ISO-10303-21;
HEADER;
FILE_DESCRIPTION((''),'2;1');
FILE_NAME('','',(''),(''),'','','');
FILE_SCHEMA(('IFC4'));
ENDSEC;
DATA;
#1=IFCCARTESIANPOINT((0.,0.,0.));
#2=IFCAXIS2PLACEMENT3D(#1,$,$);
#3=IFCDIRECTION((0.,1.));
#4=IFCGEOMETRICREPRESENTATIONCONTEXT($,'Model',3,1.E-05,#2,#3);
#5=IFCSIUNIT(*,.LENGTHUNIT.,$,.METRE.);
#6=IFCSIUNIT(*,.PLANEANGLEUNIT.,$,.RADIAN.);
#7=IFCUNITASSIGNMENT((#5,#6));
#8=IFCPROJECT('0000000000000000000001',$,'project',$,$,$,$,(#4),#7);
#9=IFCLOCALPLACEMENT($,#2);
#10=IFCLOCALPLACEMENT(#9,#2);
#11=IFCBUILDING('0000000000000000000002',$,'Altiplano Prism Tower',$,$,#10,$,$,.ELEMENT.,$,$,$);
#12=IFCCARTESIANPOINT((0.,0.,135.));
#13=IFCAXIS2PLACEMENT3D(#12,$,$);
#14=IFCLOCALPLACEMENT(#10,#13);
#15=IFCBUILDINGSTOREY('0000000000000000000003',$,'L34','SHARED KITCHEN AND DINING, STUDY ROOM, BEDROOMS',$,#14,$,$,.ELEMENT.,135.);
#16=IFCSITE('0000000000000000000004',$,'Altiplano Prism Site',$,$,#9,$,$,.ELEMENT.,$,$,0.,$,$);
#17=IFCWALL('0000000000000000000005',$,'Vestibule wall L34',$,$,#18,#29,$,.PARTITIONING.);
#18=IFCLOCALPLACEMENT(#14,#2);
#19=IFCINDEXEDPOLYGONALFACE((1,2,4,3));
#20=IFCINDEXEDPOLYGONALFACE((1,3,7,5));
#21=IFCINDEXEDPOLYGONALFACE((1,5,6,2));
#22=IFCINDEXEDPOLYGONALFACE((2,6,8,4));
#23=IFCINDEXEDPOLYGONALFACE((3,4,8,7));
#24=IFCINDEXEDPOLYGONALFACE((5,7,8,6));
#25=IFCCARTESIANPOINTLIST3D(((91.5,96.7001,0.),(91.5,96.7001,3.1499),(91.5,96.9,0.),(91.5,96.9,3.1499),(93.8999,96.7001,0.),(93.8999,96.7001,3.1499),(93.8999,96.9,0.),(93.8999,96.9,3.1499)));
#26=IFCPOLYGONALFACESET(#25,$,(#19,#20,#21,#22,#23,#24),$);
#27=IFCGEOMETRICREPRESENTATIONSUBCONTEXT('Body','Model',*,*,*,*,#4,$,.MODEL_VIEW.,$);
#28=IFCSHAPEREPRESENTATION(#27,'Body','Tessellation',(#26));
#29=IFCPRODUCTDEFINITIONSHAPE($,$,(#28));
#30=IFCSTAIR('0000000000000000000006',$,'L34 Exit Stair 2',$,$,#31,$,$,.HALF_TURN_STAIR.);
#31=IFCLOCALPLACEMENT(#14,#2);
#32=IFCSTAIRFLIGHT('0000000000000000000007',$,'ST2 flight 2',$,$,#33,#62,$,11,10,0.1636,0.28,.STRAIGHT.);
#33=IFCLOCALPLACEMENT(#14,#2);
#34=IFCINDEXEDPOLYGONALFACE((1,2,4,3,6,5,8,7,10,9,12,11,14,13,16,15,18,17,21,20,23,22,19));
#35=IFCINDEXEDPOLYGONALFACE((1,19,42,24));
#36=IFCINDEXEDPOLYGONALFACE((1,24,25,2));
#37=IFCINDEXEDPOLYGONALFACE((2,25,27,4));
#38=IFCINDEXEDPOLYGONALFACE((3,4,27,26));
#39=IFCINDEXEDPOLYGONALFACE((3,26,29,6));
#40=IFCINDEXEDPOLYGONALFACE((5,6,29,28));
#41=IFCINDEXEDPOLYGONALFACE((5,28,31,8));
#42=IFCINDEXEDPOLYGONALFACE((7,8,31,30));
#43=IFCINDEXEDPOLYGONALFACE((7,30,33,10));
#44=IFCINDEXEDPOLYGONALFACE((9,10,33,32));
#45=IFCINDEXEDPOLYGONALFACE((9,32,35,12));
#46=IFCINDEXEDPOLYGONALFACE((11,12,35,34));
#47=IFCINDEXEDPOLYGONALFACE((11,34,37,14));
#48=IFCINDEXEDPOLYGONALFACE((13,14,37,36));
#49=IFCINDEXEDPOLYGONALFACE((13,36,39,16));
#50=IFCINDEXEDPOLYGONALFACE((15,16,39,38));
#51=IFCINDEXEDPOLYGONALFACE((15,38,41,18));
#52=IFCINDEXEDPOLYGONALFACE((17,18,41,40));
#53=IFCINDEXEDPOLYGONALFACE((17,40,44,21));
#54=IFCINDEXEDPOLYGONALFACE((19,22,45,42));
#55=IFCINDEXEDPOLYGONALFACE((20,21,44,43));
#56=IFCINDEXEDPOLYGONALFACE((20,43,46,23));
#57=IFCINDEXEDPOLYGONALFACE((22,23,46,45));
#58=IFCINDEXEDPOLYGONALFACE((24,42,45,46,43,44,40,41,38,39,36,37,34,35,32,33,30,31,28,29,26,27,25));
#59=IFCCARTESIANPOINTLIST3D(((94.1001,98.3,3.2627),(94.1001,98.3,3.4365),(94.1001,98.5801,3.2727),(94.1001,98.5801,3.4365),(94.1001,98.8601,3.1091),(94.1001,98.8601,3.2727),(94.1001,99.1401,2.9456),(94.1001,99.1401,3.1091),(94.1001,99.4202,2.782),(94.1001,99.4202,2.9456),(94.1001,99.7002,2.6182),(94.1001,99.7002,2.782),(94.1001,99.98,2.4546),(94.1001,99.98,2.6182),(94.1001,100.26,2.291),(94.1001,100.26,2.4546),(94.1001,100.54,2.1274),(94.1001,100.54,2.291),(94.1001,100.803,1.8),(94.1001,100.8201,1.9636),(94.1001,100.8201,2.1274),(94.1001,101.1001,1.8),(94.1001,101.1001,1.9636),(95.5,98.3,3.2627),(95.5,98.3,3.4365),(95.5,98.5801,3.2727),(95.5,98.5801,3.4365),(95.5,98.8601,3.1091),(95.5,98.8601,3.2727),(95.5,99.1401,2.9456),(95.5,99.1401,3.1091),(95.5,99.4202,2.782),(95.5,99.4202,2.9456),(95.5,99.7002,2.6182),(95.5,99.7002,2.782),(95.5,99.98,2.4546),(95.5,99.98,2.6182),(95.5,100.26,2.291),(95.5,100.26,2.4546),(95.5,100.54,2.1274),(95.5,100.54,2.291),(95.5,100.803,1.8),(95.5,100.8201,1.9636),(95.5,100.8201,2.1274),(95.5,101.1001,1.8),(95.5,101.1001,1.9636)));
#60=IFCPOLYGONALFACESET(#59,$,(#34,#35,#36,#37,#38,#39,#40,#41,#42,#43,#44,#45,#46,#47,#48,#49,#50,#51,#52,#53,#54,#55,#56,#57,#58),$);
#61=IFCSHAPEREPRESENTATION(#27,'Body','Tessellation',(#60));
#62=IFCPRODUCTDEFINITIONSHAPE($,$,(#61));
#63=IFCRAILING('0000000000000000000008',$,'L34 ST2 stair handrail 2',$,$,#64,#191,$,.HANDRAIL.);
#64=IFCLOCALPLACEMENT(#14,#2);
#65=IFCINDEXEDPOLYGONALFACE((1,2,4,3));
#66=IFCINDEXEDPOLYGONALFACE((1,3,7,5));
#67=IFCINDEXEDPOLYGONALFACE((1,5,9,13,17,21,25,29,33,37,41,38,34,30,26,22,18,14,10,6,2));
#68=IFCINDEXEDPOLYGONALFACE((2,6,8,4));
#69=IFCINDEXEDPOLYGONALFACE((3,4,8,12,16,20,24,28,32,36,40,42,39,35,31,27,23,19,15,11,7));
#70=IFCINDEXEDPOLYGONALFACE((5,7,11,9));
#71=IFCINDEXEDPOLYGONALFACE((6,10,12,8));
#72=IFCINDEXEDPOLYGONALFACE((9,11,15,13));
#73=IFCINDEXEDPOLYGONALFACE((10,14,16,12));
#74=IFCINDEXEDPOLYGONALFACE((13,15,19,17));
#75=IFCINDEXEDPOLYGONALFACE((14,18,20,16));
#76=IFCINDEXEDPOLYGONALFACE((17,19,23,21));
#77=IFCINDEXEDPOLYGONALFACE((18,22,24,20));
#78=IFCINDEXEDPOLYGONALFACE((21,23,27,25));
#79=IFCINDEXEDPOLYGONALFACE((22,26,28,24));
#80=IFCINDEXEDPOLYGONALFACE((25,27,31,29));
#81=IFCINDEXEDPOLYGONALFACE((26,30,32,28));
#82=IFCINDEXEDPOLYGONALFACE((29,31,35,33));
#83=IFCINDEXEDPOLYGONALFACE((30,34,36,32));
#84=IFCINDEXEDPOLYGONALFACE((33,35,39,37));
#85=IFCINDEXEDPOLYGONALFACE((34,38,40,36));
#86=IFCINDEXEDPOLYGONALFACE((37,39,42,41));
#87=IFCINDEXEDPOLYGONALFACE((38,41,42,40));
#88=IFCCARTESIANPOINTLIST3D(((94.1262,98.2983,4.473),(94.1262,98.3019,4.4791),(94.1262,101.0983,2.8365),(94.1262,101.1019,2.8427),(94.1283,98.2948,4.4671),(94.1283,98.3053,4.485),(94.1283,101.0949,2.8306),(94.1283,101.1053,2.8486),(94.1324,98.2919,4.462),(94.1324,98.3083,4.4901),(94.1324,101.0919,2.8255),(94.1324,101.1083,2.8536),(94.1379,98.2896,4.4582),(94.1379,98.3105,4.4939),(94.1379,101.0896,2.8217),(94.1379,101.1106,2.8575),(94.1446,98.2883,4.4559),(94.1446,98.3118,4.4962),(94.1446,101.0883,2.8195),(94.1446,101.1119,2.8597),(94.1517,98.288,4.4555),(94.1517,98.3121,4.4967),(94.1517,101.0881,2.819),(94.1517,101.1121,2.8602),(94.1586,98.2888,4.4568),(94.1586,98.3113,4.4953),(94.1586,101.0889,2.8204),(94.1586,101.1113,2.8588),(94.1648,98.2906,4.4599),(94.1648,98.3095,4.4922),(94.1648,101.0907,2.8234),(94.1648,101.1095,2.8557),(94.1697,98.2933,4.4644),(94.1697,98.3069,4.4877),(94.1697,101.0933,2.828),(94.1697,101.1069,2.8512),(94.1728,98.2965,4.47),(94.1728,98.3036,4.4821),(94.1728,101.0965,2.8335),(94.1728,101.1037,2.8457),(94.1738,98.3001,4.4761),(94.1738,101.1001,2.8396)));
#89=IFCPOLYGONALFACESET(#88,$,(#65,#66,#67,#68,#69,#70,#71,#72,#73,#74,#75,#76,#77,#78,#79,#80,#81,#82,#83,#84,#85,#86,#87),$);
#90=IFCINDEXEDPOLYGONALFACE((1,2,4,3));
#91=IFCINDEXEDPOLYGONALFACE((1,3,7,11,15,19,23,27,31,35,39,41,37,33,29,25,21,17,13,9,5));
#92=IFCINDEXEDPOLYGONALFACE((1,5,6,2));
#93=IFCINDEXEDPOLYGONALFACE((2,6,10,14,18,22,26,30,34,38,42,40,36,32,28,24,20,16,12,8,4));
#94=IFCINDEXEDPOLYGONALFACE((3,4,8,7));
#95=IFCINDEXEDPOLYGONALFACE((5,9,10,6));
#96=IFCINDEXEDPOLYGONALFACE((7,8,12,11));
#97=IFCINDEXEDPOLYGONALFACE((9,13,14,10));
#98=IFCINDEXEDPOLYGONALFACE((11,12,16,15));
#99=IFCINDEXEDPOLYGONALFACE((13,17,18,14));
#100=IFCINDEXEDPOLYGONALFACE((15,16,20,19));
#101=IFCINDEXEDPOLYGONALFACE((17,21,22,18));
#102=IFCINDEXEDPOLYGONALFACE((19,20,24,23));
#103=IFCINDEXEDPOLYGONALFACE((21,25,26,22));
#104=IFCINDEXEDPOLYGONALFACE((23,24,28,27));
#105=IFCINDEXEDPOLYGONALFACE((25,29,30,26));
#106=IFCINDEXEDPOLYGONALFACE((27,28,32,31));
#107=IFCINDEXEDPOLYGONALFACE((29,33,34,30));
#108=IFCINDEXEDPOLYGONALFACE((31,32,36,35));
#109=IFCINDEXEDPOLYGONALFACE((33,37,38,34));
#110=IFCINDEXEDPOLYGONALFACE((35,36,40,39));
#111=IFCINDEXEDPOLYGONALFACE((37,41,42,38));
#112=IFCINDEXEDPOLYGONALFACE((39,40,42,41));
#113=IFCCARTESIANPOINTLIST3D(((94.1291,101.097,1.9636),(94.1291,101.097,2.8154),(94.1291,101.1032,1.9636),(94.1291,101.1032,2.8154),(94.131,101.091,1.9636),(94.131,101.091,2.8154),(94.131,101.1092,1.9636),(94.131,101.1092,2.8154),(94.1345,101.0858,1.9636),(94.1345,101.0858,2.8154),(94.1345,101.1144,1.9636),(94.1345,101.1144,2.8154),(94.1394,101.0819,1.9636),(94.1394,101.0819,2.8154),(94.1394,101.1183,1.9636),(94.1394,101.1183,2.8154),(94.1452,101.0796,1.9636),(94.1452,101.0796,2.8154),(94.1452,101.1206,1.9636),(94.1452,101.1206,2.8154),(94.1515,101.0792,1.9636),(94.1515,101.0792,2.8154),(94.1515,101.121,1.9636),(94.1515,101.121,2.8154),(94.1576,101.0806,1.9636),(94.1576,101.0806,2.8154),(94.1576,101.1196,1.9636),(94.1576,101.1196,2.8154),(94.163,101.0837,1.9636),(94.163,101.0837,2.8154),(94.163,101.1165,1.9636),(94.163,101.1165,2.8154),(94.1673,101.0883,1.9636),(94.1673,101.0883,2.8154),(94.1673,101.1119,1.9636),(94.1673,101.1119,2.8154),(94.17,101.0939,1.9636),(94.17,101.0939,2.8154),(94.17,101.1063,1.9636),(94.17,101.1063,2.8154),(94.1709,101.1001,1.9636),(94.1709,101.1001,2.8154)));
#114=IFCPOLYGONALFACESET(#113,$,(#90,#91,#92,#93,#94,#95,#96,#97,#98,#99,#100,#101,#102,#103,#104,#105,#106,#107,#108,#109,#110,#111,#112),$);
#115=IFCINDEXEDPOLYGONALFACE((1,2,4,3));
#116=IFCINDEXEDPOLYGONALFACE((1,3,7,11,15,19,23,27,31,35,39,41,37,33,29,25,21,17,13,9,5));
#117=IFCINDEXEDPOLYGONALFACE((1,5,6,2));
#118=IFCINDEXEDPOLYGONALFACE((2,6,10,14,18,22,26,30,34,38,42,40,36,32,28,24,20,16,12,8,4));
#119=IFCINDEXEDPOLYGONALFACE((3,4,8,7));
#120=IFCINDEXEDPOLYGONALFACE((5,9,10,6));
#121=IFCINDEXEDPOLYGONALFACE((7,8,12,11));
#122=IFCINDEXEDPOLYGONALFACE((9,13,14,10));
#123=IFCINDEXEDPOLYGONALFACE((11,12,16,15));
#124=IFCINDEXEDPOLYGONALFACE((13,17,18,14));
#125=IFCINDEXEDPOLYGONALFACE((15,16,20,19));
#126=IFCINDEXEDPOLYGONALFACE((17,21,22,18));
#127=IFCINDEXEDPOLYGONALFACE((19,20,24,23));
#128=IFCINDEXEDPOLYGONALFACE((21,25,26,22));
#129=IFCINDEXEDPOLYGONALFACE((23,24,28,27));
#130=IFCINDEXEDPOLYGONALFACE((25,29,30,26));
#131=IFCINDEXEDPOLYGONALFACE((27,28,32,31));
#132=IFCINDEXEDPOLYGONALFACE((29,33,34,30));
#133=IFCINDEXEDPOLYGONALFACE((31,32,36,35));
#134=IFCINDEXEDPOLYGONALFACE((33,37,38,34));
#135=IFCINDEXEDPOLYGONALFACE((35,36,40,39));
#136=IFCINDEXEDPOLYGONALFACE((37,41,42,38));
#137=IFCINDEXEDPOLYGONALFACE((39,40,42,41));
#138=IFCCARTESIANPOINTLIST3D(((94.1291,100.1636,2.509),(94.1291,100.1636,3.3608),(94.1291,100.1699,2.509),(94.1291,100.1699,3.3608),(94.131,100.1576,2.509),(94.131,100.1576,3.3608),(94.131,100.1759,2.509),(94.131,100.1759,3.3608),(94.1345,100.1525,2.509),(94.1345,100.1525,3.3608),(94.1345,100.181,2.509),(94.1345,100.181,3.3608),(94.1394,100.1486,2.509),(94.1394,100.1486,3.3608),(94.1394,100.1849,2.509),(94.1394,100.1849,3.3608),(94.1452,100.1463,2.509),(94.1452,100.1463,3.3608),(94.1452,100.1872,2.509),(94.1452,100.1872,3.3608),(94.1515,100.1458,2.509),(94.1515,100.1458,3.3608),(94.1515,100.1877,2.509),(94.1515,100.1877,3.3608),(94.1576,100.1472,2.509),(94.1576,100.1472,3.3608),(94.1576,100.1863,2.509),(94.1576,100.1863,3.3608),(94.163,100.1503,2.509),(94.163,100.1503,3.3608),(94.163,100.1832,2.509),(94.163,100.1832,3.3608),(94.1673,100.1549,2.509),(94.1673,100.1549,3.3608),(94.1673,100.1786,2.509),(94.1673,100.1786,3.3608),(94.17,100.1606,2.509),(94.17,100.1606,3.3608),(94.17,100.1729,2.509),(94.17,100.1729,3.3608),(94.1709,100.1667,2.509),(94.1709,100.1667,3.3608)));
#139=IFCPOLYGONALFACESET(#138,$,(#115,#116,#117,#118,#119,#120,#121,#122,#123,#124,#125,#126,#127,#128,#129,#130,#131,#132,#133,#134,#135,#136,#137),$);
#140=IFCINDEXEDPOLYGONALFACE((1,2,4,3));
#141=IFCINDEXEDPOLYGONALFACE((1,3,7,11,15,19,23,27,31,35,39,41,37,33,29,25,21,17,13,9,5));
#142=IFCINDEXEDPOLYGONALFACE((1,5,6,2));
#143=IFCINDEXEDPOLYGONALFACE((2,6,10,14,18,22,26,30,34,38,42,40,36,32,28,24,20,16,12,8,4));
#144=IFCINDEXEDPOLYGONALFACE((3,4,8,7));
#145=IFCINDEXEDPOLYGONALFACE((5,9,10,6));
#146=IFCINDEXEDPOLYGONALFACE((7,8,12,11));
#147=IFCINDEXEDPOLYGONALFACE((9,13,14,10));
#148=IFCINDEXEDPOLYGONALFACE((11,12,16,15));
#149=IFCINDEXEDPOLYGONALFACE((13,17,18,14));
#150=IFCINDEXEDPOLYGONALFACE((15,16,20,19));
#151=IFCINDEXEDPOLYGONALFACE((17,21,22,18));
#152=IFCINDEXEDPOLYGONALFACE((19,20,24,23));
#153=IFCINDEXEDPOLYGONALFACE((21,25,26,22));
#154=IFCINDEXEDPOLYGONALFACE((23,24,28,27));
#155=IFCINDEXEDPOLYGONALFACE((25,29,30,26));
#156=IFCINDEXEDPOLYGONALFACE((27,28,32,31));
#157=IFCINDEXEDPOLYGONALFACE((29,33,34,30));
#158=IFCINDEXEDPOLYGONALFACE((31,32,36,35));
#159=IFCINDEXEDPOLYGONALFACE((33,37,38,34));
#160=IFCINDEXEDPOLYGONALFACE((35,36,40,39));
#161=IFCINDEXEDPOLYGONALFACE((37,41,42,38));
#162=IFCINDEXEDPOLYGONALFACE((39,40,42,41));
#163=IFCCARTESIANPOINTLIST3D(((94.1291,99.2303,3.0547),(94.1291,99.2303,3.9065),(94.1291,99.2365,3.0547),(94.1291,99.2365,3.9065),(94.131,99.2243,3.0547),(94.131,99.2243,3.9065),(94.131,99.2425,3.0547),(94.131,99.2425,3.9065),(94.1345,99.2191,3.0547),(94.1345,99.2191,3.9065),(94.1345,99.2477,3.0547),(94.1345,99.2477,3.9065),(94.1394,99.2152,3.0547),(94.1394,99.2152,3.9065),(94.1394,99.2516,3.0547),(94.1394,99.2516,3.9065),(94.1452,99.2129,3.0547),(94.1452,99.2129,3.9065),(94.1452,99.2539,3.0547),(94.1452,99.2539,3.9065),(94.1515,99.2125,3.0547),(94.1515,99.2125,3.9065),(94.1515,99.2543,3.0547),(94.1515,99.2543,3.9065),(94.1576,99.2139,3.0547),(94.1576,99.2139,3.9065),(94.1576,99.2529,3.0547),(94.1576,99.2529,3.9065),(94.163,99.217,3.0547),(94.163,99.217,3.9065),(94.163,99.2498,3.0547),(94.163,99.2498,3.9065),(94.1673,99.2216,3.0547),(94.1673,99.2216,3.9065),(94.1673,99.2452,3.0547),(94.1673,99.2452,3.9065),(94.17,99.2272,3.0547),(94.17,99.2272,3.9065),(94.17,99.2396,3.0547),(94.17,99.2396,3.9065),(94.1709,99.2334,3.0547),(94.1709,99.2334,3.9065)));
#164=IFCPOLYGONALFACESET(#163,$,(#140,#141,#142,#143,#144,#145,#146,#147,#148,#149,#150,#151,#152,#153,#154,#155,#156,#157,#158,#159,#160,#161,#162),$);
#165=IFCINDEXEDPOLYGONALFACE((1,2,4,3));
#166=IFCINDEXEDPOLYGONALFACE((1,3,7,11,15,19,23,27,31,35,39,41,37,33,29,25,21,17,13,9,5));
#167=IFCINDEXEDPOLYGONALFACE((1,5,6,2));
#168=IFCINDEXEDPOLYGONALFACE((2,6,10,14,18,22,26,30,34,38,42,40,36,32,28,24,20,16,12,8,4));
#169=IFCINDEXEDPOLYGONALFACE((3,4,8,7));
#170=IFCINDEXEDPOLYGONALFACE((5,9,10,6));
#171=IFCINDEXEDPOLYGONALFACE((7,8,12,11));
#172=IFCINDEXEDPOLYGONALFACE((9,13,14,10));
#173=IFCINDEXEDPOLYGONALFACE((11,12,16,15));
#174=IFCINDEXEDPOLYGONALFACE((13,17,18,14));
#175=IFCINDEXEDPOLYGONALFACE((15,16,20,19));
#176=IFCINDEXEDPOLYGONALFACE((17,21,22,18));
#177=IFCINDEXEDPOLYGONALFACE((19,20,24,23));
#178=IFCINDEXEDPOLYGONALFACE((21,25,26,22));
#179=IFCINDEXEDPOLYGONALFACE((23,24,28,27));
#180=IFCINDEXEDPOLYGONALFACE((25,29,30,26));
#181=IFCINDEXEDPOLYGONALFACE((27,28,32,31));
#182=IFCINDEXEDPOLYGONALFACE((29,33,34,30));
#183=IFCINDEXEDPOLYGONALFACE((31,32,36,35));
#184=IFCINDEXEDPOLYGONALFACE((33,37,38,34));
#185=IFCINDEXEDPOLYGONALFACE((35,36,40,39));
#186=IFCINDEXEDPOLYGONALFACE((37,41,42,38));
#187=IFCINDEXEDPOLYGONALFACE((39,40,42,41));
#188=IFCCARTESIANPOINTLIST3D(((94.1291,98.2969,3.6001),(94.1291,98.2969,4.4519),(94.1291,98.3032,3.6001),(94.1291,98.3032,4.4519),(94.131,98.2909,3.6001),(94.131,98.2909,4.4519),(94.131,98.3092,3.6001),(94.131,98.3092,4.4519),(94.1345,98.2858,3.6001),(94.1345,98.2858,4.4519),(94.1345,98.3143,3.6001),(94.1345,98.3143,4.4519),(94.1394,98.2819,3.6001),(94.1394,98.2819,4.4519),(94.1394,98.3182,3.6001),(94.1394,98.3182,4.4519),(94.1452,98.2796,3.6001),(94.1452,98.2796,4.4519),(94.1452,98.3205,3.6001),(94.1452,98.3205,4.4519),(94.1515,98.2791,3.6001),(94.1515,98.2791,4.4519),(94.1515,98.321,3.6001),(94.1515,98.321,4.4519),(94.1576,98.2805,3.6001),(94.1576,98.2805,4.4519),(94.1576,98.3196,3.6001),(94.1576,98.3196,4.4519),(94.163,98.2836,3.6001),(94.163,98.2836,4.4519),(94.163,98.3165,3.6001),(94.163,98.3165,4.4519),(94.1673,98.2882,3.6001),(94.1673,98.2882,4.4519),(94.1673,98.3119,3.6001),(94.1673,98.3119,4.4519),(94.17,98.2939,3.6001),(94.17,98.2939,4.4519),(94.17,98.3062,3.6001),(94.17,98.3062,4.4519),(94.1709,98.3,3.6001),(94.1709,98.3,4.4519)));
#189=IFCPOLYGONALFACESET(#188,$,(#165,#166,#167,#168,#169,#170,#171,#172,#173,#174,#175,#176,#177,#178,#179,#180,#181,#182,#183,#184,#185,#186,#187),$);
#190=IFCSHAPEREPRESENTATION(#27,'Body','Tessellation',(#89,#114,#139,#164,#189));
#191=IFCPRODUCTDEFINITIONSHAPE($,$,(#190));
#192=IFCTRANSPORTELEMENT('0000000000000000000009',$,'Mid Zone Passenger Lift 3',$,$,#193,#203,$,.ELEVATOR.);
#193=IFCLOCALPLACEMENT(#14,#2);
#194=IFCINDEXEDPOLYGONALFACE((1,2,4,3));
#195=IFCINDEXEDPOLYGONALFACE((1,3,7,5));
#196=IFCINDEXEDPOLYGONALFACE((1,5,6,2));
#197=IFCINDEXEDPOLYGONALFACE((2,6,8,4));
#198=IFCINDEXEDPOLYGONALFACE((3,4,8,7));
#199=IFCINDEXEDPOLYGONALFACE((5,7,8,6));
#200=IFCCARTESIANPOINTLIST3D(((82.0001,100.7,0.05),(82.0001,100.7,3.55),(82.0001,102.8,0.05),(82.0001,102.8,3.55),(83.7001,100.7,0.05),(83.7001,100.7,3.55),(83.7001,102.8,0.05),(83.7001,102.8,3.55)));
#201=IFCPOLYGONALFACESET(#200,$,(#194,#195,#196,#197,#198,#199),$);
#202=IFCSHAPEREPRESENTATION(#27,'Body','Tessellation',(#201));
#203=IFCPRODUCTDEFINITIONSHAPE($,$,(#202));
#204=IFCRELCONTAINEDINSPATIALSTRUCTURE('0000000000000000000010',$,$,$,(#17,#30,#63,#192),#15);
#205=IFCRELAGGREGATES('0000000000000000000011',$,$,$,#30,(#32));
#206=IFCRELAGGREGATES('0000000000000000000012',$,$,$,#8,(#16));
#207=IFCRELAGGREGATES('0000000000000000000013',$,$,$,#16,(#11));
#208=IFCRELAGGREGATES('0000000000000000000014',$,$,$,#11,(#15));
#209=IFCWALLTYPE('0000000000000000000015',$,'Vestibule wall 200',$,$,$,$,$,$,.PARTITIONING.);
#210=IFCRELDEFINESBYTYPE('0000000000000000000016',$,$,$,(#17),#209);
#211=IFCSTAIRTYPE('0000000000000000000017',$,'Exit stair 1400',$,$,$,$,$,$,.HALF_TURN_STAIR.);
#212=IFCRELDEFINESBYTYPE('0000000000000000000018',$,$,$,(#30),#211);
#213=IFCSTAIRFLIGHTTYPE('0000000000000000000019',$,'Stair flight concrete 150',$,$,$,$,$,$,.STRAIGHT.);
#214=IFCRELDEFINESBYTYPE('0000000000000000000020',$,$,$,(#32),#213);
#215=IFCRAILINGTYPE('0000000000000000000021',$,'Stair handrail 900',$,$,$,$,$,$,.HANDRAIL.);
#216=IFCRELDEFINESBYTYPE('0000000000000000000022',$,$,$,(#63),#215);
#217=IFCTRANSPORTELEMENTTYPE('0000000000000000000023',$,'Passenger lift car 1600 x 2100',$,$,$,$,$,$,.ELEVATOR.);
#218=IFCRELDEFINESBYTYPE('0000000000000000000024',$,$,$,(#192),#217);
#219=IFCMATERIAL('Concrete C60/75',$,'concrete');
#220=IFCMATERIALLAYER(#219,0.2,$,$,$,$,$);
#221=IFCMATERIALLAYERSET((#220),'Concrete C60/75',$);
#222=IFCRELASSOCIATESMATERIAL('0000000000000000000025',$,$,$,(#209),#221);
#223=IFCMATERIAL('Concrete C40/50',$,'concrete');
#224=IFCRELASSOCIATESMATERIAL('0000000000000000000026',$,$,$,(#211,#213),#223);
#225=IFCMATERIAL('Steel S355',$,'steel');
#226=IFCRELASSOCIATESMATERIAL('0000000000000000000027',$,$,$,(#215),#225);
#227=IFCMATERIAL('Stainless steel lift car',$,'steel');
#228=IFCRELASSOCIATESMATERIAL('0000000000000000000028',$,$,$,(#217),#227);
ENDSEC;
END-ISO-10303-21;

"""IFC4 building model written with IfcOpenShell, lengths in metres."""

from ifc_helpers import new_model, si_unit, direction, frame, frame_2d, origin, origin_2d, place, context, subcontext, project, spatial, polyline, rectangle, circle, outline, extrude, material, layer, layer_set, type_object, element, aggregate, save


model = new_model("IFC4")

# Units and contexts
model_context = context("Model", 3, precision=1e-05, world=origin(), true_north=direction((0.0, 1.0)))
body_context = subcontext(model_context, "Body", "Model", "MODEL_VIEW")
ifc_project = project(units=[si_unit("LENGTHUNIT", "METRE"), si_unit("PLANEANGLEUNIT", "RADIAN")], contexts=[model_context])

# Site, building, storey
site_placement = place(None, origin())
site = spatial("IfcSite", under=ifc_project, at=site_placement, Name="Altiplano Prism Site", CompositionType="ELEMENT", RefElevation=0.0)
building_placement = place(site_placement, origin())
building = spatial("IfcBuilding", under=site, at=building_placement, Name="Altiplano Prism Tower", CompositionType="ELEMENT")
storey_placement = place(building_placement, frame((0.0, 0.0, 135.0)))
storey = spatial("IfcBuildingStorey", under=building, at=storey_placement, Name="L34", Description="SHARED KITCHEN AND DINING, STUDY ROOM, BEDROOMS", CompositionType="ELEMENT", Elevation=135.0)

# Shared definitions
ifc_material_1 = material(Name="Concrete C60/75", Category="concrete")

# Shared definitions
ifc_layer_1 = layer(ifc_material_1, 0.2)
ifc_layer_set_1 = layer_set([ifc_layer_1], Name="Concrete C60/75")
wall_type_1 = type_object("IfcWallType", Name="Vestibule wall 200", PredefinedType="PARTITIONING", material=ifc_layer_set_1)

# Wall
wall_1_placement = place(storey_placement, frame((91.5, 96.8, 0.0), z_axis=(0.0, 0.0, 1.0), x_axis=(1.0, 0.0, 0.0)))
element("IfcWall", 1, at=wall_1_placement, inside=storey, type_object=wall_type_1, Name="Vestibule wall L34", PredefinedType="PARTITIONING", context=body_context, shape_type="SweptSolid", body=[
    extrude(rectangle(XDim=2.3999, YDim=0.2, at=frame_2d((1.2, 0.0))), origin(), (0.0, 0.0, 1.0), 3.1499),
])

# Stair, stair flight
ifc_material_2 = material(Name="Concrete C40/50", Category="concrete")
stair_type = type_object("IfcStairType", Name="Exit stair 1400", PredefinedType="HALF_TURN_STAIR", material=ifc_material_2)
stair_placement = place(storey_placement, origin())
stair = element("IfcStair", 2, at=stair_placement, inside=storey, type_object=stair_type, Name="L34 Exit Stair 2", PredefinedType="HALF_TURN_STAIR")
stair_flight_type = type_object("IfcStairFlightType", Name="Stair flight concrete 150", PredefinedType="STRAIGHT", material=ifc_material_2)
stair_flight_placement = place(storey_placement, frame((94.8, 101.1001, 1.8), z_axis=(0.0, 0.0, 1.0), x_axis=(0.0, -1.0, 0.0)))
stair_flight = element("IfcStairFlight", 3, at=stair_flight_placement, type_object=stair_flight_type, Name="ST2 flight 2", NumberOfRisers=11, NumberOfTreads=10, PredefinedType="STRAIGHT", RiserHeight=0.1636, TreadLength=0.28, context=body_context, shape_type="SweptSolid", body=[
    extrude(outline(polyline([(0.0, 0.0), (0.0, 0.1636), (0.28, 0.1636), (0.28, 0.3274), (0.5601, 0.3274), (0.5601, 0.491), (0.8401, 0.491), (0.8401, 0.6545), (1.1201, 0.6545), (1.1201, 0.8181), (1.3999, 0.8181), (1.3999, 0.9819), (1.6799, 0.9819), (1.6799, 1.1455), (1.96, 1.1455), (1.96, 1.3091), (2.24, 1.3091), (2.24, 1.4727), (2.52, 1.4727), (2.52, 1.6365), (2.8, 1.6365), (2.8, 1.8), (2.8, 1.4626), (0.2971, 0.0), (0.0, 0.0)])), frame((0.0, 0.7, 0.0), z_axis=(0.0, -1.0, 0.0), x_axis=(1.0, 0.0, 0.0)), (0.0, 0.0, 1.0), 1.3999),
])
aggregate(stair, [stair_flight])

# Railing
ifc_material_3 = material(Name="Steel S355", Category="steel")
railing_type = type_object("IfcRailingType", Name="Stair handrail 900", PredefinedType="HANDRAIL", material=ifc_material_3)
railing_placement = place(storey_placement, frame((94.1499, 101.1001, 1.9636)))
element("IfcRailing", 4, at=railing_placement, inside=storey, type_object=railing_type, Name="L34 ST2 stair handrail 2", PredefinedType="HANDRAIL", context=body_context, shape_type="SweptSolid", body=[
    extrude(circle(Radius=0.0239, at=origin_2d()), frame((0.0, 0.0, 0.876), z_axis=(0.0, -0.863361, 0.504587), x_axis=(1.0, 0.0, 0.0)), (0.0, 0.0, 1.0), 3.2432),
    extrude(circle(Radius=0.021, at=origin_2d()), origin(), (0.0, 0.0, 1.0), 0.8518),
    extrude(circle(Radius=0.021, at=origin_2d()), frame((0.0, -0.9333, 0.5454)), (0.0, 0.0, 1.0), 0.8518),
    extrude(circle(Radius=0.021, at=origin_2d()), frame((0.0, -1.8667, 1.0911)), (0.0, 0.0, 1.0), 0.8518),
    extrude(circle(Radius=0.021, at=origin_2d()), frame((0.0, -2.8, 1.6365)), (0.0, 0.0, 1.0), 0.8518),
])

# Transport element
ifc_material_4 = material(Name="Stainless steel lift car", Category="steel")
transport_element_type = type_object("IfcTransportElementType", Name="Passenger lift car 1600 x 2100", PredefinedType="ELEVATOR", material=ifc_material_4)
for number, where, z_axis, x_axis, name in (
    (5, (82.8501, 101.75, 0.05), (0.0, 0.0, 1.0), (1.0, 0.0, 0.0), "Mid Zone Passenger Lift 3"),
):
    element("IfcTransportElement", number, at=place(storey_placement, frame(where, z_axis=z_axis, x_axis=x_axis)), inside=storey, type_object=transport_element_type, Name=name, PredefinedType="ELEVATOR", context=body_context, shape_type="SweptSolid", body=[
        extrude(rectangle(XDim=1.7, YDim=2.1001, at=origin_2d()), origin(), (0.0, 0.0, 1.0), 3.5),
    ])

save(model, "model.ifc")
